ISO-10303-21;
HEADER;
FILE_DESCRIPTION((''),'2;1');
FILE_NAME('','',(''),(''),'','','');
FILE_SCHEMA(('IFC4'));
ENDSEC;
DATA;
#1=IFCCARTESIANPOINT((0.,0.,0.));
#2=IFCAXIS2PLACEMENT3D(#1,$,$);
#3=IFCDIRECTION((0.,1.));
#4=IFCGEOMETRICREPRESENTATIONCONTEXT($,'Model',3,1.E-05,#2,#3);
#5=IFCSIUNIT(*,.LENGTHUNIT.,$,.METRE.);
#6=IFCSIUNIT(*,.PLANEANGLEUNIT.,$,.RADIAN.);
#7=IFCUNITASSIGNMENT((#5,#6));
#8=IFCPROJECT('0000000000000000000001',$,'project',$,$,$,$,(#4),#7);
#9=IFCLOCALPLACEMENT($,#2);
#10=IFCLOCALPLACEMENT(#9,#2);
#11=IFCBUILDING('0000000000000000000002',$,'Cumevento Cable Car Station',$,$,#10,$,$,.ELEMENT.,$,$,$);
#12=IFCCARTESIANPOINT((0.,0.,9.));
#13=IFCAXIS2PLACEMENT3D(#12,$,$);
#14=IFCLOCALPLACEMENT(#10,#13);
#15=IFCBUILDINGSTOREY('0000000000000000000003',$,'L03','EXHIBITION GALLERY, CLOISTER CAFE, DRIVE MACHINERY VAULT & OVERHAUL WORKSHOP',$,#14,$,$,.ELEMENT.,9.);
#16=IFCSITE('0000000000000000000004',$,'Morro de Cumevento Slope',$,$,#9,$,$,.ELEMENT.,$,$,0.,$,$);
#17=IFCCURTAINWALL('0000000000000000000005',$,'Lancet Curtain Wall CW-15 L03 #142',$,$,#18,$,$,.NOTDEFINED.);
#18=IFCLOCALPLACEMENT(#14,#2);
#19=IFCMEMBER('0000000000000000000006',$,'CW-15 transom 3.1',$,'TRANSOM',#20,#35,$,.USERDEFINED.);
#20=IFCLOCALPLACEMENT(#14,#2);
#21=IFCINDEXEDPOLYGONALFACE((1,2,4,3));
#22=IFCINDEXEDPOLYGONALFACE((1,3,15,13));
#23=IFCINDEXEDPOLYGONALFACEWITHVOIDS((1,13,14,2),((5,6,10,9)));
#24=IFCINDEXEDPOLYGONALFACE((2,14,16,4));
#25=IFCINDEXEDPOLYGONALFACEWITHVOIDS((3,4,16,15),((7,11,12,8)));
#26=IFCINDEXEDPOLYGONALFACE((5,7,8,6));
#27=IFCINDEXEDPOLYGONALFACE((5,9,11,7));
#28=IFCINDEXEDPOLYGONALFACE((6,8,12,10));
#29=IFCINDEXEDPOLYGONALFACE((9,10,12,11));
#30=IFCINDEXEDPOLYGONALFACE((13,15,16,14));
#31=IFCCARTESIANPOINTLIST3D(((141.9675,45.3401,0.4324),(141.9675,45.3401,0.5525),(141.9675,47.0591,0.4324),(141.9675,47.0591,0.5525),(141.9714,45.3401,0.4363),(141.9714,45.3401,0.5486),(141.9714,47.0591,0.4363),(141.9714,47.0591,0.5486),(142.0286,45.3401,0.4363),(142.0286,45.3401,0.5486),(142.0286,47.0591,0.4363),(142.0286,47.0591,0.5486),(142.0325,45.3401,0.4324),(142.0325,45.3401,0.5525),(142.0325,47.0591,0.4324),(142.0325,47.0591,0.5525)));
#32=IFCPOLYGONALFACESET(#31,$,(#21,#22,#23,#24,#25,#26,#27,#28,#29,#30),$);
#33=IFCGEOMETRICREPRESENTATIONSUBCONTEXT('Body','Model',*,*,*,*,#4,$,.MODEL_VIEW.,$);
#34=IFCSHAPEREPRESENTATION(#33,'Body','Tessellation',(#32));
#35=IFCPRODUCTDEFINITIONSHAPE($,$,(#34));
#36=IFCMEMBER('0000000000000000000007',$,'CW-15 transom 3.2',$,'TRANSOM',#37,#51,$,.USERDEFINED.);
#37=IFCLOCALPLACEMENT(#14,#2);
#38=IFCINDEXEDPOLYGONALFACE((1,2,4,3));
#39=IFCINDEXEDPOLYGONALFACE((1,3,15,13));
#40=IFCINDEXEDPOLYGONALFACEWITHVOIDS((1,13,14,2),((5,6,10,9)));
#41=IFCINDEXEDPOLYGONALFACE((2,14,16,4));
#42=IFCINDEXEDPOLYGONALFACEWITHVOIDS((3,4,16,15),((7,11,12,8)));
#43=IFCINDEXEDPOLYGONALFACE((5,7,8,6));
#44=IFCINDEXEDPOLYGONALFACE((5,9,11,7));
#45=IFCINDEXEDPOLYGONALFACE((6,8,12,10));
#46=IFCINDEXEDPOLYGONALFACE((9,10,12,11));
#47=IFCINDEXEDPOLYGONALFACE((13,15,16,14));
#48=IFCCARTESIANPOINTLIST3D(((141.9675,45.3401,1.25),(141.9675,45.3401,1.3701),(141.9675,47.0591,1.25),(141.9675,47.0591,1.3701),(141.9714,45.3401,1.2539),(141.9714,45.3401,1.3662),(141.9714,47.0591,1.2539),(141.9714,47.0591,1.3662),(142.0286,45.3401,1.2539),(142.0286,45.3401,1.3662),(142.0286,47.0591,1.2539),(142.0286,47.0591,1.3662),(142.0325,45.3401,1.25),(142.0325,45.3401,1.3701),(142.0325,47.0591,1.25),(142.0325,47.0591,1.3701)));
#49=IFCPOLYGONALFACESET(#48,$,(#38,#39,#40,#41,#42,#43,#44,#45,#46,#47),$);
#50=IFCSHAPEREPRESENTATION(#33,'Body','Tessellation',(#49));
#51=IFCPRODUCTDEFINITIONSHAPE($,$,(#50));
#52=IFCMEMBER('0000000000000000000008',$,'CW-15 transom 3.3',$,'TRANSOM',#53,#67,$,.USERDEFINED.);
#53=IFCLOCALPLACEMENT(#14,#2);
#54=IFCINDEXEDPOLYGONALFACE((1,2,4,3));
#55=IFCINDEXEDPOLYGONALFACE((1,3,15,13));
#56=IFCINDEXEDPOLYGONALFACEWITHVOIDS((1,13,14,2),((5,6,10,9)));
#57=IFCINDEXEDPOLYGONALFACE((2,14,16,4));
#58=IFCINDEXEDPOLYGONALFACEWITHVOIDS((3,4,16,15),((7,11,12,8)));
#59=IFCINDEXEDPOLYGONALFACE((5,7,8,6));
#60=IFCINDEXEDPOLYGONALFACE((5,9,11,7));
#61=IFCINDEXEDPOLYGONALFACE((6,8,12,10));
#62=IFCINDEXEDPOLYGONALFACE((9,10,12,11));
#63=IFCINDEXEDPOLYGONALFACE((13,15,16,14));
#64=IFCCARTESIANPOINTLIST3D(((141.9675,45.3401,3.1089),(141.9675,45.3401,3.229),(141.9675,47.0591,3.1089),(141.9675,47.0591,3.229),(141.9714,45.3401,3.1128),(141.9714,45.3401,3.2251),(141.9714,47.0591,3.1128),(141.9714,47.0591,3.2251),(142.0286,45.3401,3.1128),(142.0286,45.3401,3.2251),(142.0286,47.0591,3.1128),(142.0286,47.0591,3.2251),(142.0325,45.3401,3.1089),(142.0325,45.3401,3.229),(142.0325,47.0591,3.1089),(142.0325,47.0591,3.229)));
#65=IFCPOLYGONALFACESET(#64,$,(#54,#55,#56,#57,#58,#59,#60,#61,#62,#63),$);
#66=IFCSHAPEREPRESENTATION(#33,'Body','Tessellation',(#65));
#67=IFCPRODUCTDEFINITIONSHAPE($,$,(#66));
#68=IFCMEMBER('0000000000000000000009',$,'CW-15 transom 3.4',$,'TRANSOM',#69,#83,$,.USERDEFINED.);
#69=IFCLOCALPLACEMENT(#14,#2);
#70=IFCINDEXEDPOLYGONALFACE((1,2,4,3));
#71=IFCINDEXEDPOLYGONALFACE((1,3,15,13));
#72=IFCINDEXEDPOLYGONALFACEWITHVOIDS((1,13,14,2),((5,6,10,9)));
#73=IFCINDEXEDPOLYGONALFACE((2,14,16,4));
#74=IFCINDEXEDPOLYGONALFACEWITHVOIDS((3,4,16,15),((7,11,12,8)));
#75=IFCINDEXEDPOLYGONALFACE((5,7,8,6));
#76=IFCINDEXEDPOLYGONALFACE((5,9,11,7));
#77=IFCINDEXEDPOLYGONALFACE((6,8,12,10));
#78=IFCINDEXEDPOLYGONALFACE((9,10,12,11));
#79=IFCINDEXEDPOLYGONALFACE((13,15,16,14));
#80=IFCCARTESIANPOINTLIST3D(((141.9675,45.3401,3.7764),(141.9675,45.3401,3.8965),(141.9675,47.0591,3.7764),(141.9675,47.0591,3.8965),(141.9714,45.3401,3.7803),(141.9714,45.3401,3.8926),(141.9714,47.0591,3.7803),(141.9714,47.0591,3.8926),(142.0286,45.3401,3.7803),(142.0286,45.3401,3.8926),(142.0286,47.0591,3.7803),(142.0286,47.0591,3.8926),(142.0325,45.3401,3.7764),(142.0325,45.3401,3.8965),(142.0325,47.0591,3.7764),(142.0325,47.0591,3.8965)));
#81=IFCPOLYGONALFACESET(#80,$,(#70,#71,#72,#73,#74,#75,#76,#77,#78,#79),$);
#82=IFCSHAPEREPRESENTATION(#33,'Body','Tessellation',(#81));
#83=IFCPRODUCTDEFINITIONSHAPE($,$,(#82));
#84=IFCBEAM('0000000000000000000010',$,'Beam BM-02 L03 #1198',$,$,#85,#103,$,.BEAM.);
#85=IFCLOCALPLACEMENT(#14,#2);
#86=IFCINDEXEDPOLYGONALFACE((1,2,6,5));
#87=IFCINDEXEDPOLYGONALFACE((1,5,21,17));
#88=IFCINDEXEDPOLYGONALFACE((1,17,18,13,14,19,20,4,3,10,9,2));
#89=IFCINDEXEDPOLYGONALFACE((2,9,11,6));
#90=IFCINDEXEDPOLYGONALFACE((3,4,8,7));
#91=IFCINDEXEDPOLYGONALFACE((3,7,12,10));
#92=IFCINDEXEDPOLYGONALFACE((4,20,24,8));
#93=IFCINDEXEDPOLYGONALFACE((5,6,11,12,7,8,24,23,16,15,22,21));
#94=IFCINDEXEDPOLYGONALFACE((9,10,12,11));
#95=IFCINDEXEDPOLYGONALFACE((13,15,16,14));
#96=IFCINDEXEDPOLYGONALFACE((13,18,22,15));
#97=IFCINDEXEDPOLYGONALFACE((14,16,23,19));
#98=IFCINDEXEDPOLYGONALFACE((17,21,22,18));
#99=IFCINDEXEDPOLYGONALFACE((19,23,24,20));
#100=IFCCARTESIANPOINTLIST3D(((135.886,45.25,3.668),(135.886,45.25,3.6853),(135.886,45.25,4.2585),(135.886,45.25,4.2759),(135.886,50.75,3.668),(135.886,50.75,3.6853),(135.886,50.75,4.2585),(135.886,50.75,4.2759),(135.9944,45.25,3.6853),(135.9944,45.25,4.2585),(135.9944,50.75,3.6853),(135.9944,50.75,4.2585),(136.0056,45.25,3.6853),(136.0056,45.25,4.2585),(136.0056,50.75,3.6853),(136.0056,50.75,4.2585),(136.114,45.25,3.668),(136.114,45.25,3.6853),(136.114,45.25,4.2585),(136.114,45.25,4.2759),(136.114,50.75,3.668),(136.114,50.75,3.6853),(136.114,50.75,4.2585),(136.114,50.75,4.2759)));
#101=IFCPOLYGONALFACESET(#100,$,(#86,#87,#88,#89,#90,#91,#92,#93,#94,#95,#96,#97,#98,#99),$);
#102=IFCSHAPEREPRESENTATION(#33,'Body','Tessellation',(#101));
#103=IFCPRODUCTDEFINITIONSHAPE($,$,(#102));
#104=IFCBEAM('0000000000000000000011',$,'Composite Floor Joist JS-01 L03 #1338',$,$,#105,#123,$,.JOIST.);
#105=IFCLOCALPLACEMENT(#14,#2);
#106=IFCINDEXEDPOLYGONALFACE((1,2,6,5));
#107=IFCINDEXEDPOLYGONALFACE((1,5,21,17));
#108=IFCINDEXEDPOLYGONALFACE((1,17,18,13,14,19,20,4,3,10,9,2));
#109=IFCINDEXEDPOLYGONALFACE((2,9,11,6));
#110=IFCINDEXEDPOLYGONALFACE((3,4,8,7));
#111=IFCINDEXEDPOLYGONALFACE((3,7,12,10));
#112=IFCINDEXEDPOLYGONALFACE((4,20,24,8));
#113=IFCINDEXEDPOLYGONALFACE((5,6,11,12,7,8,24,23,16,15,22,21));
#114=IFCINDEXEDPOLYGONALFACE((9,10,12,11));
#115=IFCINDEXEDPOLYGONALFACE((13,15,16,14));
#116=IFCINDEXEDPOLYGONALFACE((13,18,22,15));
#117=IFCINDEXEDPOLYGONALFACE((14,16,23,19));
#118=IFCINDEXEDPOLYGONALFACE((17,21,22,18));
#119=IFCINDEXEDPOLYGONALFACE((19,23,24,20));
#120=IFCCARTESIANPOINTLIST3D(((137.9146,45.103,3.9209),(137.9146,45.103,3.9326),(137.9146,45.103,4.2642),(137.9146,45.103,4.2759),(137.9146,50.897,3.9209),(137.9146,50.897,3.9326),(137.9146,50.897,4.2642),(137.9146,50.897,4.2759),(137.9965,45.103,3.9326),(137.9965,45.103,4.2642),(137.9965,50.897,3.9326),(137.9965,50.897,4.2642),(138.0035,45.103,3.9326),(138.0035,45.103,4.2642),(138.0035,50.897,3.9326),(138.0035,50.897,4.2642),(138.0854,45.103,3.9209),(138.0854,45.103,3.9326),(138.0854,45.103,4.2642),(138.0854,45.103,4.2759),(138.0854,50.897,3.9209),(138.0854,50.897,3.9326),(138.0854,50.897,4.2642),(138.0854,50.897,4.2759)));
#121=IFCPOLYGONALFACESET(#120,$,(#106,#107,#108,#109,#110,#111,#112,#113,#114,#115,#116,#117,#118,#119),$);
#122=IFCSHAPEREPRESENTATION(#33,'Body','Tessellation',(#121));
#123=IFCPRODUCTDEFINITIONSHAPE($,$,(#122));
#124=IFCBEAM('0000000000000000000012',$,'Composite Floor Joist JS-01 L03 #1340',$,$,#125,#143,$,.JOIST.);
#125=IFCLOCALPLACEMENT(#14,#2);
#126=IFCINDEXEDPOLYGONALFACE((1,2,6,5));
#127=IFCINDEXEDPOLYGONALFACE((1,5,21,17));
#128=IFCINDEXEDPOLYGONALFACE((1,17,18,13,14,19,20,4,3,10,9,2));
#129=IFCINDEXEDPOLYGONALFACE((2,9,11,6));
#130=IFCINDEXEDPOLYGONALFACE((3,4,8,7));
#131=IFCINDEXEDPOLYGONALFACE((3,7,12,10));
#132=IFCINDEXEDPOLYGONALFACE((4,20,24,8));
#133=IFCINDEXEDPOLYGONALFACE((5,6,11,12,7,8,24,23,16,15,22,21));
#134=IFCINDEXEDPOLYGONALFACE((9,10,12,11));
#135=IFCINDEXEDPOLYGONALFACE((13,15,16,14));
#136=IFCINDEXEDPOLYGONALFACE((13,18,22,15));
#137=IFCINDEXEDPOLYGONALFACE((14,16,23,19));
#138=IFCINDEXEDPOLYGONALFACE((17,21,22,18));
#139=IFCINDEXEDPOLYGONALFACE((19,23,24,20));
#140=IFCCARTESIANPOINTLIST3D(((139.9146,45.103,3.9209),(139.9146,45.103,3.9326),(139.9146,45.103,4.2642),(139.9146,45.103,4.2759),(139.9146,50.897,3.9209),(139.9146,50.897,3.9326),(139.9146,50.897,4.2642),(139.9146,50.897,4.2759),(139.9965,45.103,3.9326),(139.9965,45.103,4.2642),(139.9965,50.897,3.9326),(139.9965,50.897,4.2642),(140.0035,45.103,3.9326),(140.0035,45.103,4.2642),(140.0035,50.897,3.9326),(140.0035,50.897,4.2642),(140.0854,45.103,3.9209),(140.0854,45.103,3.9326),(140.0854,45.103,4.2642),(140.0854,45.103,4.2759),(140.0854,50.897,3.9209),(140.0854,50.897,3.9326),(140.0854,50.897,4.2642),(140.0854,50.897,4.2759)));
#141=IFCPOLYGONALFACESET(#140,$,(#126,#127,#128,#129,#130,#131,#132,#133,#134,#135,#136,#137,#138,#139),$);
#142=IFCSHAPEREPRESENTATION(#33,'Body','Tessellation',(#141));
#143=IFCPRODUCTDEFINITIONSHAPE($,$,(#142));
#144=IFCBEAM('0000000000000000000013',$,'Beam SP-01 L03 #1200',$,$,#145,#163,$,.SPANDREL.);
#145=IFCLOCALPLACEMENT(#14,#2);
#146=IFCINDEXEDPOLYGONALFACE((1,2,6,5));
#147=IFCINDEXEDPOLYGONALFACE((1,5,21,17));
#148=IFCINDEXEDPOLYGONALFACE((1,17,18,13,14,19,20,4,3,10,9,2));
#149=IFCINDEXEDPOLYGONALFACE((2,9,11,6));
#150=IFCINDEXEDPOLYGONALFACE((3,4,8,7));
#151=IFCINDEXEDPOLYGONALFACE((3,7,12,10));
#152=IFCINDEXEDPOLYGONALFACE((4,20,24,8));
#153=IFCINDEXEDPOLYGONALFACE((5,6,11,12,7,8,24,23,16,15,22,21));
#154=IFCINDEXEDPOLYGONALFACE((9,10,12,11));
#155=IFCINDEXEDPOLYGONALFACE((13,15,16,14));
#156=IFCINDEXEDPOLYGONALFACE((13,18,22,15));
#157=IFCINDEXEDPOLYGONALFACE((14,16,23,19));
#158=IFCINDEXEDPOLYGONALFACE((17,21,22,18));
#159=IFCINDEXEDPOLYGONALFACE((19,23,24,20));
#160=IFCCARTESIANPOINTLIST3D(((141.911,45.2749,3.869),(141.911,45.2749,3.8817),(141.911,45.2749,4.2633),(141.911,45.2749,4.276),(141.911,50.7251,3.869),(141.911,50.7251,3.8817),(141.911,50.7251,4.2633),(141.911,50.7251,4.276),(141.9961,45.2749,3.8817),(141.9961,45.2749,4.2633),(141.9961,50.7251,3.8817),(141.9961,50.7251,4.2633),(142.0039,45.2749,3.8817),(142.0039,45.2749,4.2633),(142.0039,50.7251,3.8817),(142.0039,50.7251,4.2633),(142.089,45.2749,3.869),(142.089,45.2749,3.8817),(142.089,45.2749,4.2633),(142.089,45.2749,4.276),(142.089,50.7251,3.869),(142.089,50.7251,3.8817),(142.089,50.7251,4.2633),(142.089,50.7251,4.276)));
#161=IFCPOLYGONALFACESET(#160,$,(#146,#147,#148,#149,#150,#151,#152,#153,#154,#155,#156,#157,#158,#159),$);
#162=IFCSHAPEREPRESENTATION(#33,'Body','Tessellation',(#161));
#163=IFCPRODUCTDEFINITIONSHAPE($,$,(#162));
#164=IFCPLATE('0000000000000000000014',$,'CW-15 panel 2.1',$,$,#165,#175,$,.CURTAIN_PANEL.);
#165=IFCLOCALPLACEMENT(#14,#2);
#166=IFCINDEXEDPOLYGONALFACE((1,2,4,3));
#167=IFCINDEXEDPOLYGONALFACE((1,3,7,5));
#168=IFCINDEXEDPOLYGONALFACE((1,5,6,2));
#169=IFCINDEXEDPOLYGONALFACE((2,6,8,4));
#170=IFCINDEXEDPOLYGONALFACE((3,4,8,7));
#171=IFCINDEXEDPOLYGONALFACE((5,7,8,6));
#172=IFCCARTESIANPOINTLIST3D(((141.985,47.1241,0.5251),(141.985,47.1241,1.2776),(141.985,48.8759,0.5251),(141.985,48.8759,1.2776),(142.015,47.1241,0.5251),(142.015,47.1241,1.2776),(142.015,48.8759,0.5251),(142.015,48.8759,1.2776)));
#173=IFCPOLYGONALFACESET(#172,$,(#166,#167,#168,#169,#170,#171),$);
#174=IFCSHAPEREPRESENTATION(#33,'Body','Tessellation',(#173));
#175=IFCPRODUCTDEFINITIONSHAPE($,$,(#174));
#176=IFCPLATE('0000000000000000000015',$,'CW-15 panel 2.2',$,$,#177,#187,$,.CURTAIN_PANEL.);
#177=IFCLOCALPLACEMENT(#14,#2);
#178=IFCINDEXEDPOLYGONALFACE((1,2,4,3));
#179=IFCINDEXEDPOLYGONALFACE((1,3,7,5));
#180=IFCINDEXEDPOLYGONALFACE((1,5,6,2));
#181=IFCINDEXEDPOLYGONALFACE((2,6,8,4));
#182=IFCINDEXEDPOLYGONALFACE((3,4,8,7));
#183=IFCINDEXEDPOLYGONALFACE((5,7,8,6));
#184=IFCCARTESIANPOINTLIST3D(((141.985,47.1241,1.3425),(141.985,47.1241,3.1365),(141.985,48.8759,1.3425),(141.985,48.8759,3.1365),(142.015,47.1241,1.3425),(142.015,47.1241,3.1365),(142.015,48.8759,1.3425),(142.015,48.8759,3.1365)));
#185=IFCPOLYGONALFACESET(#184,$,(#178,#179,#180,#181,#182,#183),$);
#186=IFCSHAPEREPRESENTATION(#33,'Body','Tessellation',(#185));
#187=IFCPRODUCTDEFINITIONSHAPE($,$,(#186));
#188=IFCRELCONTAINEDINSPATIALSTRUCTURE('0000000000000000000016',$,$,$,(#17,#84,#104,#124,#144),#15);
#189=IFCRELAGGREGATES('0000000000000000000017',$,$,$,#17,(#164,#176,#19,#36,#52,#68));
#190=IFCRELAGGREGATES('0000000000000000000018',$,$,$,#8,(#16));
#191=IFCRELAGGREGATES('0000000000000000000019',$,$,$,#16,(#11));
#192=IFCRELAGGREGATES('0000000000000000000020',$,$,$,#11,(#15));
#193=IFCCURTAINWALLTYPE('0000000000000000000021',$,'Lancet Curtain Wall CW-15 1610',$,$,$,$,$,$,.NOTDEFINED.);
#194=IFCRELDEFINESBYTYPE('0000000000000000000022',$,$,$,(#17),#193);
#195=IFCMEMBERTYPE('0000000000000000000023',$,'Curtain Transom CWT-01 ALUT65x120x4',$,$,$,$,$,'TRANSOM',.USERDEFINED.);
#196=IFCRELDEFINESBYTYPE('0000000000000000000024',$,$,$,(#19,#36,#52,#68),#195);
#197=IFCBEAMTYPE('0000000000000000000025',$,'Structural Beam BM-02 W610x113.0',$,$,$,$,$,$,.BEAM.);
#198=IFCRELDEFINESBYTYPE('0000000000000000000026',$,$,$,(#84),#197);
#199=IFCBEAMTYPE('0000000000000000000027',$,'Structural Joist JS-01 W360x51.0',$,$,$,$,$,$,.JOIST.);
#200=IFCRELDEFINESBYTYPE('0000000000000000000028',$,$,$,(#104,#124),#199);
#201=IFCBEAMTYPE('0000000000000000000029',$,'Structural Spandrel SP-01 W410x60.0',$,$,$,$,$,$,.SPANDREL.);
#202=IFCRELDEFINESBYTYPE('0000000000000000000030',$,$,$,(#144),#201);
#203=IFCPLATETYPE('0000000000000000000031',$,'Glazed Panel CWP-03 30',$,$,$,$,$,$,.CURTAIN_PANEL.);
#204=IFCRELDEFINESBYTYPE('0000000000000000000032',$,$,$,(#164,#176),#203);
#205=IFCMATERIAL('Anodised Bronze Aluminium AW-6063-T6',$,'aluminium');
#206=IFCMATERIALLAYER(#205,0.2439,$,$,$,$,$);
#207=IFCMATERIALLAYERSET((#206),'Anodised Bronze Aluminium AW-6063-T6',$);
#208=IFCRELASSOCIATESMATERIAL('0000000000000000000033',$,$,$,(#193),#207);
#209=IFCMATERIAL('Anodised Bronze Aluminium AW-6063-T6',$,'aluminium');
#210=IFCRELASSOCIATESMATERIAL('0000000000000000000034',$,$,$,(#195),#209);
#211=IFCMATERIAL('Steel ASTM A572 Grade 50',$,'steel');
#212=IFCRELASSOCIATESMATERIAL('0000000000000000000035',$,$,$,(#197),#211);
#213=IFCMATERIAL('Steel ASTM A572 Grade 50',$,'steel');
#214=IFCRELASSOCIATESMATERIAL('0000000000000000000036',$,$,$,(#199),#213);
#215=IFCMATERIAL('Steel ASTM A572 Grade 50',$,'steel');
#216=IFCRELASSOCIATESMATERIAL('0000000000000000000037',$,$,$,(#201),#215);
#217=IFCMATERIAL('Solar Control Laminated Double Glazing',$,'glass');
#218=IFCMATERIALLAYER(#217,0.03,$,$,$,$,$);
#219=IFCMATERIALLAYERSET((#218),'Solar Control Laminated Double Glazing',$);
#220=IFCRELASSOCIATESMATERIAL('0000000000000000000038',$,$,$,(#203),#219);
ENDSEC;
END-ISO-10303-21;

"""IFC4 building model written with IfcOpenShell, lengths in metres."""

from ifc_helpers import new_model, si_unit, direction, frame, origin, origin_2d, place, context, subcontext, project, spatial, rectangle, hollow_rectangle, i_section, extrude, material, layer, layer_set, material_profile, profile_set, type_object, element, aggregate, save


model = new_model("IFC4")

# Units and contexts
model_context = context("Model", 3, precision=1e-05, world=origin(), true_north=direction((0.0, 1.0)))
body_context = subcontext(model_context, "Body", "Model", "MODEL_VIEW")
ifc_project = project(units=[si_unit("LENGTHUNIT", "METRE"), si_unit("PLANEANGLEUNIT", "RADIAN")], contexts=[model_context])

# Site, building, storey
site_placement = place(None, origin())
site = spatial("IfcSite", under=ifc_project, at=site_placement, Name="Morro de Cumevento Slope", CompositionType="ELEMENT", RefElevation=0.0)
building_placement = place(site_placement, origin())
building = spatial("IfcBuilding", under=site, at=building_placement, Name="Cumevento Cable Car Station", CompositionType="ELEMENT")
storey_placement = place(building_placement, frame((0.0, 0.0, 9.0)))
storey = spatial("IfcBuildingStorey", under=building, at=storey_placement, Name="L03", Description="EXHIBITION GALLERY, CLOISTER CAFE, DRIVE MACHINERY VAULT & OVERHAUL WORKSHOP", CompositionType="ELEMENT", Elevation=9.0)

# Curtain wall
ifc_material_1 = material(Name="Anodised Bronze Aluminium AW-6063-T6", Category="aluminium")
ifc_layer_1 = layer(ifc_material_1, 0.2439)
ifc_layer_set_1 = layer_set([ifc_layer_1], Name="Anodised Bronze Aluminium AW-6063-T6")
curtain_wall_type_1 = type_object("IfcCurtainWallType", Name="Lancet Curtain Wall CW-15 1610", PredefinedType="NOTDEFINED", material=ifc_layer_set_1)
curtain_wall_1_placement = place(storey_placement, origin())
curtain_wall_1 = element("IfcCurtainWall", 1, at=curtain_wall_1_placement, inside=storey, type_object=curtain_wall_type_1, Name="Lancet Curtain Wall CW-15 L03 #142", PredefinedType="NOTDEFINED")

# Members
ifc_material_2 = material(Name="Anodised Bronze Aluminium AW-6063-T6", Category="aluminium")
ifc_material_profile_1 = material_profile(ifc_material_2, hollow_rectangle(XDim=0.0649, YDim=0.1201, WallThickness=0.0039, at=origin_2d()), Name="ALUT65x120x4")
ifc_profile_set_1 = profile_set([ifc_material_profile_1], Name="Anodised Bronze Aluminium AW-6063-T6")
member_type_1 = type_object("IfcMemberType", Name="Curtain Transom CWT-01 ALUT65x120x4", ElementType="TRANSOM", PredefinedType="USERDEFINED", material=ifc_profile_set_1)
member_1_placement = place(storey_placement, frame((142.0, 47.0591, 0.4924), z_axis=(0.0, -1.0, 0.0), x_axis=(1.0, 0.0, 0.0)))
member_1 = element("IfcMember", 2, at=member_1_placement, type_object=member_type_1, Name="CW-15 transom 3.1", ObjectType="TRANSOM", PredefinedType="USERDEFINED", context=body_context, shape_type="SweptSolid", body=[
    extrude(hollow_rectangle(XDim=0.0649, YDim=0.1201, WallThickness=0.0039, at=origin_2d()), origin(), (0.0, 0.0, 1.0), 1.719),
])
member_2_placement = place(storey_placement, frame((142.0, 47.0591, 1.3101), z_axis=(0.0, -1.0, 0.0), x_axis=(1.0, 0.0, 0.0)))
member_2 = element("IfcMember", 3, at=member_2_placement, type_object=member_type_1, Name="CW-15 transom 3.2", ObjectType="TRANSOM", PredefinedType="USERDEFINED", context=body_context, shape_type="SweptSolid", body=[
    extrude(hollow_rectangle(XDim=0.0649, YDim=0.1201, WallThickness=0.0039, at=origin_2d()), origin(), (0.0, 0.0, 1.0), 1.719),
])
member_3_placement = place(storey_placement, frame((142.0, 47.0591, 3.1689), z_axis=(0.0, -1.0, 0.0), x_axis=(1.0, 0.0, 0.0)))
member_3 = element("IfcMember", 4, at=member_3_placement, type_object=member_type_1, Name="CW-15 transom 3.3", ObjectType="TRANSOM", PredefinedType="USERDEFINED", context=body_context, shape_type="SweptSolid", body=[
    extrude(hollow_rectangle(XDim=0.0649, YDim=0.1201, WallThickness=0.0039, at=origin_2d()), origin(), (0.0, 0.0, 1.0), 1.719),
])
member_4_placement = place(storey_placement, frame((142.0, 47.0591, 3.8364), z_axis=(0.0, -1.0, 0.0), x_axis=(1.0, 0.0, 0.0)))
member_4 = element("IfcMember", 5, at=member_4_placement, type_object=member_type_1, Name="CW-15 transom 3.4", ObjectType="TRANSOM", PredefinedType="USERDEFINED", context=body_context, shape_type="SweptSolid", body=[
    extrude(hollow_rectangle(XDim=0.0649, YDim=0.1201, WallThickness=0.0039, at=origin_2d()), origin(), (0.0, 0.0, 1.0), 1.719),
])

# Beams
ifc_material_3 = material(Name="Steel ASTM A572 Grade 50", Category="steel")
ifc_material_profile_2 = material_profile(ifc_material_3, i_section(OverallWidth=0.228, OverallDepth=0.6079, WebThickness=0.0112, FlangeThickness=0.0173, at=origin_2d()), Name="W610x113.0")
ifc_profile_set_2 = profile_set([ifc_material_profile_2], Name="Steel ASTM A572 Grade 50")
beam_type_1 = type_object("IfcBeamType", Name="Structural Beam BM-02 W610x113.0", PredefinedType="BEAM", material=ifc_profile_set_2)
beam_1_placement = place(storey_placement, frame((136.0, 45.25, 3.9719), z_axis=(0.0, 1.0, 0.0), x_axis=(-1.0, 0.0, 0.0)))
element("IfcBeam", 6, at=beam_1_placement, inside=storey, type_object=beam_type_1, Name="Beam BM-02 L03 #1198", PredefinedType="BEAM", context=body_context, shape_type="SweptSolid", body=[
    extrude(i_section(OverallWidth=0.228, OverallDepth=0.6079, WebThickness=0.0112, FlangeThickness=0.0173, at=origin_2d()), origin(), (0.0, 0.0, 1.0), 5.5),
])
ifc_material_4 = material(Name="Steel ASTM A572 Grade 50", Category="steel")
ifc_material_profile_3 = material_profile(ifc_material_4, i_section(OverallWidth=0.1709, OverallDepth=0.355, WebThickness=0.0071, FlangeThickness=0.0117, at=origin_2d()), Name="W360x51.0")
ifc_profile_set_3 = profile_set([ifc_material_profile_3], Name="Steel ASTM A572 Grade 50")
beam_type_2 = type_object("IfcBeamType", Name="Structural Joist JS-01 W360x51.0", PredefinedType="JOIST", material=ifc_profile_set_3)
for number, where, z_axis, x_axis, name in (
    (7, (138.0, 45.103, 4.0984), (0.0, 1.0, 0.0), (-1.0, 0.0, 0.0), "Composite Floor Joist JS-01 L03 #1338"),
    (8, (140.0, 45.103, 4.0984), (0.0, 1.0, 0.0), (-1.0, 0.0, 0.0), "Composite Floor Joist JS-01 L03 #1340"),
):
    element("IfcBeam", number, at=place(storey_placement, frame(where, z_axis=z_axis, x_axis=x_axis)), inside=storey, type_object=beam_type_2, Name=name, PredefinedType="JOIST", context=body_context, shape_type="SweptSolid", body=[
        extrude(i_section(OverallWidth=0.1709, OverallDepth=0.355, WebThickness=0.0071, FlangeThickness=0.0117, at=origin_2d()), origin(), (0.0, 0.0, 1.0), 5.7939),
    ])
ifc_material_5 = material(Name="Steel ASTM A572 Grade 50", Category="steel")
ifc_material_profile_4 = material_profile(ifc_material_5, i_section(OverallWidth=0.178, OverallDepth=0.407, WebThickness=0.0078, FlangeThickness=0.0127, at=origin_2d()), Name="W410x60.0")
ifc_profile_set_4 = profile_set([ifc_material_profile_4], Name="Steel ASTM A572 Grade 50")
beam_type_3 = type_object("IfcBeamType", Name="Structural Spandrel SP-01 W410x60.0", PredefinedType="SPANDREL", material=ifc_profile_set_4)
beam_2_placement = place(storey_placement, frame((142.0, 45.2749, 4.0725), z_axis=(0.0, 1.0, 0.0), x_axis=(-1.0, 0.0, 0.0)))
element("IfcBeam", 9, at=beam_2_placement, inside=storey, type_object=beam_type_3, Name="Beam SP-01 L03 #1200", PredefinedType="SPANDREL", context=body_context, shape_type="SweptSolid", body=[
    extrude(i_section(OverallWidth=0.178, OverallDepth=0.407, WebThickness=0.0078, FlangeThickness=0.0127, at=origin_2d()), origin(), (0.0, 0.0, 1.0), 5.4502),
])

# Plates
ifc_material_6 = material(Name="Solar Control Laminated Double Glazing", Category="glass")
ifc_layer_2 = layer(ifc_material_6, 0.03)
ifc_layer_set_2 = layer_set([ifc_layer_2], Name="Solar Control Laminated Double Glazing")
plate_type_1 = type_object("IfcPlateType", Name="Glazed Panel CWP-03 30", PredefinedType="CURTAIN_PANEL", material=ifc_layer_set_2)
plate_1_placement = place(storey_placement, frame((142.0, 48.0, 0.5251), z_axis=(0.0, 0.0, 1.0), x_axis=(0.0, -1.0, 0.0)))
plate_1 = element("IfcPlate", 10, at=plate_1_placement, type_object=plate_type_1, Name="CW-15 panel 2.1", PredefinedType="CURTAIN_PANEL", context=body_context, shape_type="SweptSolid", body=[
    extrude(rectangle(XDim=1.7517, YDim=0.03, at=origin_2d()), origin(), (0.0, 0.0, 1.0), 0.7524),
])
plate_2_placement = place(storey_placement, frame((142.0, 48.0, 1.3425), z_axis=(0.0, 0.0, 1.0), x_axis=(0.0, -1.0, 0.0)))
plate_2 = element("IfcPlate", 11, at=plate_2_placement, type_object=plate_type_1, Name="CW-15 panel 2.2", PredefinedType="CURTAIN_PANEL", context=body_context, shape_type="SweptSolid", body=[
    extrude(rectangle(XDim=1.7517, YDim=0.03, at=origin_2d()), origin(), (0.0, 0.0, 1.0), 1.7939),
])
aggregate(curtain_wall_1, [plate_1, plate_2, member_1, member_2, member_3, member_4])

save(model, "model.ifc")
